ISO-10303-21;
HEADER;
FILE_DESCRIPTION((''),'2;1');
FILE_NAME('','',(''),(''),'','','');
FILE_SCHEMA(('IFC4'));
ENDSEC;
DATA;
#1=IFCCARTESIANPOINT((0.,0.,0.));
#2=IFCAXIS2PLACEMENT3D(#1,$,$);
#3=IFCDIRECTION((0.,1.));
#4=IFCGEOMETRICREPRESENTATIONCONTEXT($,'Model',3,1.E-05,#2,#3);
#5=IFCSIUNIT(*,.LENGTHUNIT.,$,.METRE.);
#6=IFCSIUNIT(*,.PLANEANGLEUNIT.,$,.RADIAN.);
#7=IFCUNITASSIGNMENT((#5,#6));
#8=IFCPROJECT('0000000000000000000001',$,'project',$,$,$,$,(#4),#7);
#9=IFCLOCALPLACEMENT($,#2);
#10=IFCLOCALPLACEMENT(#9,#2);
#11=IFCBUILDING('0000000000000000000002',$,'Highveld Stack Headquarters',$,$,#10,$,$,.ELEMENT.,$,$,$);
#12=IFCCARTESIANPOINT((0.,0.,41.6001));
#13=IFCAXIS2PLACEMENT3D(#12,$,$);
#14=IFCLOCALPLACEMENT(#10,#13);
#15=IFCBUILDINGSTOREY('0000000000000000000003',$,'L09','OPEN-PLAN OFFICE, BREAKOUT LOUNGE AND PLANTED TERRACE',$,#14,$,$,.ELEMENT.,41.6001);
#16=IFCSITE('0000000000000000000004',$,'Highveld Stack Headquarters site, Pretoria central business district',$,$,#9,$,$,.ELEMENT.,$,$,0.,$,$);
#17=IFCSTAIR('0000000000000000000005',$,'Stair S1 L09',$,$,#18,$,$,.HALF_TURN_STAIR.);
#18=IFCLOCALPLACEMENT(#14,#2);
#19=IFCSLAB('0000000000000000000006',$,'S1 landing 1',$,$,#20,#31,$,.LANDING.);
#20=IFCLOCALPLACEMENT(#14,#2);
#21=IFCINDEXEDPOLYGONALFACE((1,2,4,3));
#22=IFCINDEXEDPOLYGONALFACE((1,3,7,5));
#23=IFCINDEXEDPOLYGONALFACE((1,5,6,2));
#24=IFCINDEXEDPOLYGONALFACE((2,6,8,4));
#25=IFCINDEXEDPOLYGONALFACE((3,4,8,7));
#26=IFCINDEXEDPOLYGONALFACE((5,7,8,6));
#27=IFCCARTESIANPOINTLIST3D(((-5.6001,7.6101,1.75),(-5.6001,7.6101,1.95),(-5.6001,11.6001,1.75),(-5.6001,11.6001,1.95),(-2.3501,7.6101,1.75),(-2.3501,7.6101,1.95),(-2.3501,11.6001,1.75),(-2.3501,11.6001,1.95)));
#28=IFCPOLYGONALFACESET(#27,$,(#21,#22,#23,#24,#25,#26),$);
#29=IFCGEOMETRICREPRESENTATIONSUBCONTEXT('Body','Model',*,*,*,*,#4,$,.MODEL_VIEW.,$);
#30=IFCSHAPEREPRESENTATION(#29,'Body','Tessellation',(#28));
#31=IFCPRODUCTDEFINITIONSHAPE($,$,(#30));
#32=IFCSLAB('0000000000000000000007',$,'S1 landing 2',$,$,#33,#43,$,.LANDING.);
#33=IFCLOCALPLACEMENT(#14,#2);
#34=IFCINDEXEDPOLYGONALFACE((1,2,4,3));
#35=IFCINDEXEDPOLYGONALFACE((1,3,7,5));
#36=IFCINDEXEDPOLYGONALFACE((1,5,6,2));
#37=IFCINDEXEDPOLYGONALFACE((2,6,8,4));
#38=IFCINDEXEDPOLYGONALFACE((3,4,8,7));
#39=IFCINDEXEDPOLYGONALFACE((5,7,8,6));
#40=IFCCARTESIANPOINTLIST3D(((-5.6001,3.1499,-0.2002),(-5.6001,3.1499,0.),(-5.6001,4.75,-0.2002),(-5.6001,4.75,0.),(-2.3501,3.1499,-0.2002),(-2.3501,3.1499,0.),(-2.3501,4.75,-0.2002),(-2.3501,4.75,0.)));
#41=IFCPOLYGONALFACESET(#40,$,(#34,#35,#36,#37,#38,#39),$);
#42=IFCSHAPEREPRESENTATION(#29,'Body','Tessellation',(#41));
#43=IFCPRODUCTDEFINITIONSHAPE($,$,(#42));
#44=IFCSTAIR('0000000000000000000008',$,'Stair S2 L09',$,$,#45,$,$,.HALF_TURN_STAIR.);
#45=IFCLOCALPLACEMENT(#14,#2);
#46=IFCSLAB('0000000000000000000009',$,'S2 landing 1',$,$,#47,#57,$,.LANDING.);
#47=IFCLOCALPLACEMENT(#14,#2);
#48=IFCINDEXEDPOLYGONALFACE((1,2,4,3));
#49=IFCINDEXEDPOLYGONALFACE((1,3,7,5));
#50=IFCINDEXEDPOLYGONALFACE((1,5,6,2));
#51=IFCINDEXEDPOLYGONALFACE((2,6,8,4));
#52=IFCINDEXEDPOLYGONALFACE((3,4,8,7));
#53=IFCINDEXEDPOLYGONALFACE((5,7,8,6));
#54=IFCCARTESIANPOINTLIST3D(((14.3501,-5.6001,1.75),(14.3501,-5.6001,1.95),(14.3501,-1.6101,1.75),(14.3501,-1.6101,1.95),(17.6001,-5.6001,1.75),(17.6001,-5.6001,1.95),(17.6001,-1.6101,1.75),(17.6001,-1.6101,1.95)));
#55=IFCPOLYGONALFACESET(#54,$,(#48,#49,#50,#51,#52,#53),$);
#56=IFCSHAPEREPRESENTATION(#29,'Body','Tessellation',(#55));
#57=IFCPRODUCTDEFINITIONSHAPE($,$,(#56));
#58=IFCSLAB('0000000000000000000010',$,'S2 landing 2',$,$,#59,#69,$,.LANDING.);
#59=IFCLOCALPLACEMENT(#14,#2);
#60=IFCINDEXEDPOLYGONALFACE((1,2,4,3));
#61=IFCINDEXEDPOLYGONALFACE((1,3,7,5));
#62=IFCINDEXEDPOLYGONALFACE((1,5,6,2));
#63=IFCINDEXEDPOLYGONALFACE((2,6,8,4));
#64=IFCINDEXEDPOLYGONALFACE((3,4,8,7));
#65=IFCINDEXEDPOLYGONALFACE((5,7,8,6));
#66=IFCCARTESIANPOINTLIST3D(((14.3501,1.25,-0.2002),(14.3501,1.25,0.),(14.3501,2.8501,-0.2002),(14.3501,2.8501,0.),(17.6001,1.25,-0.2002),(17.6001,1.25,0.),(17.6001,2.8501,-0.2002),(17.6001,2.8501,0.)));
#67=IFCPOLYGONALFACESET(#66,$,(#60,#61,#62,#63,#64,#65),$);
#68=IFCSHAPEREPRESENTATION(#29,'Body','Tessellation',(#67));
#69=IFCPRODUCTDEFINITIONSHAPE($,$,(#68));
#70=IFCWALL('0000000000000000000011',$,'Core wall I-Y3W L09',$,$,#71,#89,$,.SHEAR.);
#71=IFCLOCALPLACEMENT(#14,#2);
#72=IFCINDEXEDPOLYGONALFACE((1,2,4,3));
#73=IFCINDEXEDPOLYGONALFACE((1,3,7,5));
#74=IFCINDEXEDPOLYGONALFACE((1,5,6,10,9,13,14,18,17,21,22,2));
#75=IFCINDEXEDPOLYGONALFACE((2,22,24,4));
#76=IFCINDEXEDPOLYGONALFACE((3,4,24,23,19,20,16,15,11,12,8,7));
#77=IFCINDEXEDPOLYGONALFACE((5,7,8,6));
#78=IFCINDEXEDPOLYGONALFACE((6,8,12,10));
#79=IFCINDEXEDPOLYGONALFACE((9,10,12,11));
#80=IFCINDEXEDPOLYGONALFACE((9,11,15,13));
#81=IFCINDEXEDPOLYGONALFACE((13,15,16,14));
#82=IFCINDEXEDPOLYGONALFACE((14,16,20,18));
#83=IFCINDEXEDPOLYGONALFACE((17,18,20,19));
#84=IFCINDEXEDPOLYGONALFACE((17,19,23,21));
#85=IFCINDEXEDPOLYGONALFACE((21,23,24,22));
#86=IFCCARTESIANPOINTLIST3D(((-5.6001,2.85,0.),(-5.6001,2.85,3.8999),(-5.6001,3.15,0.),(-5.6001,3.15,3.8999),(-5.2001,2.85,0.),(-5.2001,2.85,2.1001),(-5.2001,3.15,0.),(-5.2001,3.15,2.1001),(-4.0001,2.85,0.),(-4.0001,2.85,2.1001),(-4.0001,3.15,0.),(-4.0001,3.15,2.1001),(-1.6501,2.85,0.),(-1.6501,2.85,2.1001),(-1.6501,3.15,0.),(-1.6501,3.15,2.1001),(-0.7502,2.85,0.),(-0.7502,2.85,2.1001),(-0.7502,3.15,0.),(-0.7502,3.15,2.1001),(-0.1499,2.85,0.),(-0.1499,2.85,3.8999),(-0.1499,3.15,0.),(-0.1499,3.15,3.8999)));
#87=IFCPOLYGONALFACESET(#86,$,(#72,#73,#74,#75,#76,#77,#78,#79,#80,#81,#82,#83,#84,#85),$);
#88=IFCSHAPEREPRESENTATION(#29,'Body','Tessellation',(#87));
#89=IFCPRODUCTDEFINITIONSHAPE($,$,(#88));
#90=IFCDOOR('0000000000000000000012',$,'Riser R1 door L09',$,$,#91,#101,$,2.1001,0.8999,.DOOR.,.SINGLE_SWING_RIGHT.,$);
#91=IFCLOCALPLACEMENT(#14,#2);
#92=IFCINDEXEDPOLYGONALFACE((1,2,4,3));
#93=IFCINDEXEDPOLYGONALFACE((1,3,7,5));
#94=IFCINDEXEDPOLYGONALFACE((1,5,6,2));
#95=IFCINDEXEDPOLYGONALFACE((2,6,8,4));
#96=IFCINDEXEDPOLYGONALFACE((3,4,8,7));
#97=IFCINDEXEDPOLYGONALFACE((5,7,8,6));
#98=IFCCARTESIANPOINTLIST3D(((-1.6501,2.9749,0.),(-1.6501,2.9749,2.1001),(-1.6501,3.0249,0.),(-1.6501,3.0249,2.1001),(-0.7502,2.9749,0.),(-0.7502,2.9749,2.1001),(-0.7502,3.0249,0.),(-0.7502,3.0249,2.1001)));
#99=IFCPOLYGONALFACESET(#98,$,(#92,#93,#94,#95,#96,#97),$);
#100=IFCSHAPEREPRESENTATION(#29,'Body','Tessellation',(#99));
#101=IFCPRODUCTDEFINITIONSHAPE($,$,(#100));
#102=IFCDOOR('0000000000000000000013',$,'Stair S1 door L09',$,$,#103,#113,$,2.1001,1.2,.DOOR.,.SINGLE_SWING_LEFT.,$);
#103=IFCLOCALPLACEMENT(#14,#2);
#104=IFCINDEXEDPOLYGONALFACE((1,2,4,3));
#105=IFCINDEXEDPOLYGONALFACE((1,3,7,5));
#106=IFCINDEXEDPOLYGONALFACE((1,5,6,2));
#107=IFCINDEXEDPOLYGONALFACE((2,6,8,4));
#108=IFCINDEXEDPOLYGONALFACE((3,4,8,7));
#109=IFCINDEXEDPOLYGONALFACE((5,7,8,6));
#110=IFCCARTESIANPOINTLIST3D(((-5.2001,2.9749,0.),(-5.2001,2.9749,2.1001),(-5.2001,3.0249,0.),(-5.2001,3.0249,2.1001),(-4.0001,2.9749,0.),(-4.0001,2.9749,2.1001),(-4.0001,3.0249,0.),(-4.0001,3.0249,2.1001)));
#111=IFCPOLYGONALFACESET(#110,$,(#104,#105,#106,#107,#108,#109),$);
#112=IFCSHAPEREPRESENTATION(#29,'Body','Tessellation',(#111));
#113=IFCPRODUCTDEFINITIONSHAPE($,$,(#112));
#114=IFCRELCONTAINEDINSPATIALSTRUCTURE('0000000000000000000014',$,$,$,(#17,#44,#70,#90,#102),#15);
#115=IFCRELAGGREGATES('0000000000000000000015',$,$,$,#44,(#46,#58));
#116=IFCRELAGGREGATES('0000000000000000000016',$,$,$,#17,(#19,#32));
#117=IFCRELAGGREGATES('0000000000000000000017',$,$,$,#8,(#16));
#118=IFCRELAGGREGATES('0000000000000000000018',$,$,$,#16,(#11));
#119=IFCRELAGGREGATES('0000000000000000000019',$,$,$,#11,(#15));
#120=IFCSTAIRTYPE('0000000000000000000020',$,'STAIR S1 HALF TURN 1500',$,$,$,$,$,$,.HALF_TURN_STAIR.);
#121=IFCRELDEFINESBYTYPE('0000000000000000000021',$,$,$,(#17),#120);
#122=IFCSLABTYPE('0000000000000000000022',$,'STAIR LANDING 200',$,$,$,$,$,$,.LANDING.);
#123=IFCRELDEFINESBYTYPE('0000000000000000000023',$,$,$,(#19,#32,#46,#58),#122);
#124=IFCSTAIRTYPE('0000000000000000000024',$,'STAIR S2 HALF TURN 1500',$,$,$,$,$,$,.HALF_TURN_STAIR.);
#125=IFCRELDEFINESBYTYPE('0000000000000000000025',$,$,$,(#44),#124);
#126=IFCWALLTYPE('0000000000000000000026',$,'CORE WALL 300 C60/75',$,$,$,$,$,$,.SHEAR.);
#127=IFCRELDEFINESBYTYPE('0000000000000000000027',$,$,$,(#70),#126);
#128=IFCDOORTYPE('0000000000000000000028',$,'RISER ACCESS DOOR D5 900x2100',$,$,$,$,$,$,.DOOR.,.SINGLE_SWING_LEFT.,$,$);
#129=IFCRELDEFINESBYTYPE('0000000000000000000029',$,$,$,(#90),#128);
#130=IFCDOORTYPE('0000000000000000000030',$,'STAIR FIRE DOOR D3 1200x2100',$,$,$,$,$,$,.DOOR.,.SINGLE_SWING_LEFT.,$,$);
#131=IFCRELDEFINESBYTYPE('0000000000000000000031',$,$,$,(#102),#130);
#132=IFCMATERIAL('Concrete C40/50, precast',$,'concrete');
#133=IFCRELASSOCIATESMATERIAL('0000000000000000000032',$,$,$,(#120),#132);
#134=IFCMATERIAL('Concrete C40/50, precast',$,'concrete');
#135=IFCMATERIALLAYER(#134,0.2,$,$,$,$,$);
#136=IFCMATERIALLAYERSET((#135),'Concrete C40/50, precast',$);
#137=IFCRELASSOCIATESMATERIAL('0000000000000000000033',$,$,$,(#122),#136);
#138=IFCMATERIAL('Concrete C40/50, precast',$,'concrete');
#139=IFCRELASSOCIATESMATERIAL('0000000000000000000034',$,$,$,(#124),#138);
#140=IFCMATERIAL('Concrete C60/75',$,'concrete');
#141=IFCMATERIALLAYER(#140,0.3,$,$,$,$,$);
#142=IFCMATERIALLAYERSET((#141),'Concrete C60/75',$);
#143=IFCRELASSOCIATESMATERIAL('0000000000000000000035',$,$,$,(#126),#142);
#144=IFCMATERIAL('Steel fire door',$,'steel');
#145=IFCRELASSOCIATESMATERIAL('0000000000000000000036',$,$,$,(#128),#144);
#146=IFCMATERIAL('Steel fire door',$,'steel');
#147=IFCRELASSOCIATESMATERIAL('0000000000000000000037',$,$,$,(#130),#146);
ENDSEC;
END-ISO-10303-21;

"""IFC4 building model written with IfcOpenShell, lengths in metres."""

from ifc_helpers import new_model, si_unit, direction, frame, frame_2d, origin, place, context, subcontext, project, spatial, polyline, rectangle, outline, extrude, material, layer, layer_set, type_object, element, fill, aggregate, save


model = new_model("IFC4")

# Units and contexts
model_context = context("Model", 3, precision=1e-05, world=origin(), true_north=direction((0.0, 1.0)))
body_context = subcontext(model_context, "Body", "Model", "MODEL_VIEW")
ifc_project = project(units=[si_unit("LENGTHUNIT", "METRE"), si_unit("PLANEANGLEUNIT", "RADIAN")], contexts=[model_context])

# Site, building, storey
site_placement = place(None, origin())
site = spatial("IfcSite", under=ifc_project, at=site_placement, Name="Highveld Stack Headquarters site, Pretoria central business district", CompositionType="ELEMENT", RefElevation=0.0)
building_placement = place(site_placement, origin())
building = spatial("IfcBuilding", under=site, at=building_placement, Name="Highveld Stack Headquarters", CompositionType="ELEMENT")
storey_placement = place(building_placement, frame((0.0, 0.0, 41.6001)))
storey = spatial("IfcBuildingStorey", under=building, at=storey_placement, Name="L09", Description="OPEN-PLAN OFFICE, BREAKOUT LOUNGE AND PLANTED TERRACE", CompositionType="ELEMENT", Elevation=41.6001)

# Stairs, slabs
ifc_material_1 = material(Name="Concrete C40/50, precast", Category="concrete")
stair_type_1 = type_object("IfcStairType", Name="STAIR S1 HALF TURN 1500", PredefinedType="HALF_TURN_STAIR", material=ifc_material_1)
stair_1_placement = place(storey_placement, origin())
stair_1 = element("IfcStair", 1, at=stair_1_placement, inside=storey, type_object=stair_type_1, Name="Stair S1 L09", PredefinedType="HALF_TURN_STAIR")
ifc_material_2 = material(Name="Concrete C40/50, precast", Category="concrete")
ifc_layer_1 = layer(ifc_material_2, 0.2)
ifc_layer_set_1 = layer_set([ifc_layer_1], Name="Concrete C40/50, precast")
slab_type = type_object("IfcSlabType", Name="STAIR LANDING 200", PredefinedType="LANDING", material=ifc_layer_set_1)
slab_1_placement = place(storey_placement, frame((0.0, 0.0, 1.75)))
slab_1 = element("IfcSlab", 2, at=slab_1_placement, type_object=slab_type, Name="S1 landing 1", PredefinedType="LANDING", context=body_context, shape_type="SweptSolid", body=[
    extrude(outline(polyline([(-5.6001, 7.6101), (-2.3501, 7.6101), (-2.3501, 11.6001), (-5.6001, 11.6001), (-5.6001, 7.6101)])), origin(), (0.0, 0.0, 1.0), 0.2),
])
slab_2_placement = place(storey_placement, frame((0.0, 0.0, -0.2002)))
slab_2 = element("IfcSlab", 3, at=slab_2_placement, type_object=slab_type, Name="S1 landing 2", PredefinedType="LANDING", context=body_context, shape_type="SweptSolid", body=[
    extrude(outline(polyline([(-5.6001, 3.1499), (-2.3501, 3.1499), (-2.3501, 4.75), (-5.6001, 4.75), (-5.6001, 3.1499)])), origin(), (0.0, 0.0, 1.0), 0.2002),
])
ifc_material_3 = material(Name="Concrete C40/50, precast", Category="concrete")
stair_type_2 = type_object("IfcStairType", Name="STAIR S2 HALF TURN 1500", PredefinedType="HALF_TURN_STAIR", material=ifc_material_3)
stair_2_placement = place(storey_placement, origin())
stair_2 = element("IfcStair", 4, at=stair_2_placement, inside=storey, type_object=stair_type_2, Name="Stair S2 L09", PredefinedType="HALF_TURN_STAIR")
slab_3_placement = place(storey_placement, frame((0.0, 0.0, 1.75)))
slab_3 = element("IfcSlab", 5, at=slab_3_placement, type_object=slab_type, Name="S2 landing 1", PredefinedType="LANDING", context=body_context, shape_type="SweptSolid", body=[
    extrude(outline(polyline([(14.3501, -5.6001), (17.6001, -5.6001), (17.6001, -1.6101), (14.3501, -1.6101), (14.3501, -5.6001)])), origin(), (0.0, 0.0, 1.0), 0.2),
])
slab_4_placement = place(storey_placement, frame((0.0, 0.0, -0.2002)))
slab_4 = element("IfcSlab", 6, at=slab_4_placement, type_object=slab_type, Name="S2 landing 2", PredefinedType="LANDING", context=body_context, shape_type="SweptSolid", body=[
    extrude(outline(polyline([(14.3501, 1.25), (17.6001, 1.25), (17.6001, 2.8501), (14.3501, 2.8501), (14.3501, 1.25)])), origin(), (0.0, 0.0, 1.0), 0.2002),
])
aggregate(stair_2, [slab_3, slab_4])

# Wall, openings, doors
ifc_material_4 = material(Name="Concrete C60/75", Category="concrete")
ifc_layer_2 = layer(ifc_material_4, 0.3)
ifc_layer_set_2 = layer_set([ifc_layer_2], Name="Concrete C60/75")
wall_type_1 = type_object("IfcWallType", Name="CORE WALL 300 C60/75", PredefinedType="SHEAR", material=ifc_layer_set_2)
wall_1_placement = place(storey_placement, frame((-5.6001, 3.0, 0.0), z_axis=(0.0, 0.0, 1.0), x_axis=(1.0, 0.0, 0.0)))
wall_1 = element("IfcWall", 7, at=wall_1_placement, inside=storey, type_object=wall_type_1, Name="Core wall I-Y3W L09", PredefinedType="SHEAR", context=body_context, shape_type="SweptSolid", body=[
    extrude(rectangle(XDim=5.4502, YDim=0.3, at=frame_2d((2.7251, 0.0))), origin(), (0.0, 0.0, 1.0), 3.8999),
])
opening_1_placement = place(wall_1_placement, frame((0.3999, 0.0, 0.0)))
opening_1 = element("IfcOpeningElement", 8, at=opening_1_placement, cuts=wall_1, PredefinedType="OPENING", context=body_context, shape_type="SweptSolid", body=[
    extrude(rectangle(XDim=1.2, YDim=2.1001, at=frame_2d((0.6001, 1.05))), frame((0.0, 0.1599, 0.0), z_axis=(0.0, -1.0, 0.0), x_axis=(1.0, 0.0, 0.0)), (0.0, 0.0, 1.0), 0.3201),
])
opening_2_placement = place(wall_1_placement, frame((3.95, 0.0, 0.0)))
opening_2 = element("IfcOpeningElement", 9, at=opening_2_placement, cuts=wall_1, PredefinedType="OPENING", context=body_context, shape_type="SweptSolid", body=[
    extrude(rectangle(XDim=0.8999, YDim=2.1001, at=frame_2d((0.45, 1.05))), frame((0.0, 0.1599, 0.0), z_axis=(0.0, -1.0, 0.0), x_axis=(1.0, 0.0, 0.0)), (0.0, 0.0, 1.0), 0.3201),
])
ifc_material_5 = material(Name="Steel fire door", Category="steel")
door_type_1 = type_object("IfcDoorType", Name="RISER ACCESS DOOR D5 900x2100", OperationType="SINGLE_SWING_LEFT", PredefinedType="DOOR", material=ifc_material_5)
door_1_placement = place(opening_2_placement, origin())
door_1 = element("IfcDoor", 10, at=door_1_placement, inside=storey, type_object=door_type_1, Name="Riser R1 door L09", OperationType="SINGLE_SWING_RIGHT", OverallHeight=2.1001, OverallWidth=0.8999, PredefinedType="DOOR", context=body_context, shape_type="SweptSolid", body=[
    extrude(rectangle(XDim=0.8999, YDim=2.1001, at=frame_2d((0.45, 1.05))), frame((0.0, 0.0249, 0.0), z_axis=(0.0, -1.0, 0.0), x_axis=(1.0, 0.0, 0.0)), (0.0, 0.0, 1.0), 0.05),
])
fill(opening_2, door_1)
ifc_material_6 = material(Name="Steel fire door", Category="steel")
door_type_2 = type_object("IfcDoorType", Name="STAIR FIRE DOOR D3 1200x2100", OperationType="SINGLE_SWING_LEFT", PredefinedType="DOOR", material=ifc_material_6)
door_2_placement = place(opening_1_placement, origin())
door_2 = element("IfcDoor", 11, at=door_2_placement, inside=storey, type_object=door_type_2, Name="Stair S1 door L09", OperationType="SINGLE_SWING_LEFT", OverallHeight=2.1001, OverallWidth=1.2, PredefinedType="DOOR", context=body_context, shape_type="SweptSolid", body=[
    extrude(rectangle(XDim=1.2, YDim=2.1001, at=frame_2d((0.6001, 1.05))), frame((0.0, 0.0249, 0.0), z_axis=(0.0, -1.0, 0.0), x_axis=(1.0, 0.0, 0.0)), (0.0, 0.0, 1.0), 0.05),
])
fill(opening_1, door_2)

aggregate(stair_1, [slab_1, slab_2])

save(model, "model.ifc")
